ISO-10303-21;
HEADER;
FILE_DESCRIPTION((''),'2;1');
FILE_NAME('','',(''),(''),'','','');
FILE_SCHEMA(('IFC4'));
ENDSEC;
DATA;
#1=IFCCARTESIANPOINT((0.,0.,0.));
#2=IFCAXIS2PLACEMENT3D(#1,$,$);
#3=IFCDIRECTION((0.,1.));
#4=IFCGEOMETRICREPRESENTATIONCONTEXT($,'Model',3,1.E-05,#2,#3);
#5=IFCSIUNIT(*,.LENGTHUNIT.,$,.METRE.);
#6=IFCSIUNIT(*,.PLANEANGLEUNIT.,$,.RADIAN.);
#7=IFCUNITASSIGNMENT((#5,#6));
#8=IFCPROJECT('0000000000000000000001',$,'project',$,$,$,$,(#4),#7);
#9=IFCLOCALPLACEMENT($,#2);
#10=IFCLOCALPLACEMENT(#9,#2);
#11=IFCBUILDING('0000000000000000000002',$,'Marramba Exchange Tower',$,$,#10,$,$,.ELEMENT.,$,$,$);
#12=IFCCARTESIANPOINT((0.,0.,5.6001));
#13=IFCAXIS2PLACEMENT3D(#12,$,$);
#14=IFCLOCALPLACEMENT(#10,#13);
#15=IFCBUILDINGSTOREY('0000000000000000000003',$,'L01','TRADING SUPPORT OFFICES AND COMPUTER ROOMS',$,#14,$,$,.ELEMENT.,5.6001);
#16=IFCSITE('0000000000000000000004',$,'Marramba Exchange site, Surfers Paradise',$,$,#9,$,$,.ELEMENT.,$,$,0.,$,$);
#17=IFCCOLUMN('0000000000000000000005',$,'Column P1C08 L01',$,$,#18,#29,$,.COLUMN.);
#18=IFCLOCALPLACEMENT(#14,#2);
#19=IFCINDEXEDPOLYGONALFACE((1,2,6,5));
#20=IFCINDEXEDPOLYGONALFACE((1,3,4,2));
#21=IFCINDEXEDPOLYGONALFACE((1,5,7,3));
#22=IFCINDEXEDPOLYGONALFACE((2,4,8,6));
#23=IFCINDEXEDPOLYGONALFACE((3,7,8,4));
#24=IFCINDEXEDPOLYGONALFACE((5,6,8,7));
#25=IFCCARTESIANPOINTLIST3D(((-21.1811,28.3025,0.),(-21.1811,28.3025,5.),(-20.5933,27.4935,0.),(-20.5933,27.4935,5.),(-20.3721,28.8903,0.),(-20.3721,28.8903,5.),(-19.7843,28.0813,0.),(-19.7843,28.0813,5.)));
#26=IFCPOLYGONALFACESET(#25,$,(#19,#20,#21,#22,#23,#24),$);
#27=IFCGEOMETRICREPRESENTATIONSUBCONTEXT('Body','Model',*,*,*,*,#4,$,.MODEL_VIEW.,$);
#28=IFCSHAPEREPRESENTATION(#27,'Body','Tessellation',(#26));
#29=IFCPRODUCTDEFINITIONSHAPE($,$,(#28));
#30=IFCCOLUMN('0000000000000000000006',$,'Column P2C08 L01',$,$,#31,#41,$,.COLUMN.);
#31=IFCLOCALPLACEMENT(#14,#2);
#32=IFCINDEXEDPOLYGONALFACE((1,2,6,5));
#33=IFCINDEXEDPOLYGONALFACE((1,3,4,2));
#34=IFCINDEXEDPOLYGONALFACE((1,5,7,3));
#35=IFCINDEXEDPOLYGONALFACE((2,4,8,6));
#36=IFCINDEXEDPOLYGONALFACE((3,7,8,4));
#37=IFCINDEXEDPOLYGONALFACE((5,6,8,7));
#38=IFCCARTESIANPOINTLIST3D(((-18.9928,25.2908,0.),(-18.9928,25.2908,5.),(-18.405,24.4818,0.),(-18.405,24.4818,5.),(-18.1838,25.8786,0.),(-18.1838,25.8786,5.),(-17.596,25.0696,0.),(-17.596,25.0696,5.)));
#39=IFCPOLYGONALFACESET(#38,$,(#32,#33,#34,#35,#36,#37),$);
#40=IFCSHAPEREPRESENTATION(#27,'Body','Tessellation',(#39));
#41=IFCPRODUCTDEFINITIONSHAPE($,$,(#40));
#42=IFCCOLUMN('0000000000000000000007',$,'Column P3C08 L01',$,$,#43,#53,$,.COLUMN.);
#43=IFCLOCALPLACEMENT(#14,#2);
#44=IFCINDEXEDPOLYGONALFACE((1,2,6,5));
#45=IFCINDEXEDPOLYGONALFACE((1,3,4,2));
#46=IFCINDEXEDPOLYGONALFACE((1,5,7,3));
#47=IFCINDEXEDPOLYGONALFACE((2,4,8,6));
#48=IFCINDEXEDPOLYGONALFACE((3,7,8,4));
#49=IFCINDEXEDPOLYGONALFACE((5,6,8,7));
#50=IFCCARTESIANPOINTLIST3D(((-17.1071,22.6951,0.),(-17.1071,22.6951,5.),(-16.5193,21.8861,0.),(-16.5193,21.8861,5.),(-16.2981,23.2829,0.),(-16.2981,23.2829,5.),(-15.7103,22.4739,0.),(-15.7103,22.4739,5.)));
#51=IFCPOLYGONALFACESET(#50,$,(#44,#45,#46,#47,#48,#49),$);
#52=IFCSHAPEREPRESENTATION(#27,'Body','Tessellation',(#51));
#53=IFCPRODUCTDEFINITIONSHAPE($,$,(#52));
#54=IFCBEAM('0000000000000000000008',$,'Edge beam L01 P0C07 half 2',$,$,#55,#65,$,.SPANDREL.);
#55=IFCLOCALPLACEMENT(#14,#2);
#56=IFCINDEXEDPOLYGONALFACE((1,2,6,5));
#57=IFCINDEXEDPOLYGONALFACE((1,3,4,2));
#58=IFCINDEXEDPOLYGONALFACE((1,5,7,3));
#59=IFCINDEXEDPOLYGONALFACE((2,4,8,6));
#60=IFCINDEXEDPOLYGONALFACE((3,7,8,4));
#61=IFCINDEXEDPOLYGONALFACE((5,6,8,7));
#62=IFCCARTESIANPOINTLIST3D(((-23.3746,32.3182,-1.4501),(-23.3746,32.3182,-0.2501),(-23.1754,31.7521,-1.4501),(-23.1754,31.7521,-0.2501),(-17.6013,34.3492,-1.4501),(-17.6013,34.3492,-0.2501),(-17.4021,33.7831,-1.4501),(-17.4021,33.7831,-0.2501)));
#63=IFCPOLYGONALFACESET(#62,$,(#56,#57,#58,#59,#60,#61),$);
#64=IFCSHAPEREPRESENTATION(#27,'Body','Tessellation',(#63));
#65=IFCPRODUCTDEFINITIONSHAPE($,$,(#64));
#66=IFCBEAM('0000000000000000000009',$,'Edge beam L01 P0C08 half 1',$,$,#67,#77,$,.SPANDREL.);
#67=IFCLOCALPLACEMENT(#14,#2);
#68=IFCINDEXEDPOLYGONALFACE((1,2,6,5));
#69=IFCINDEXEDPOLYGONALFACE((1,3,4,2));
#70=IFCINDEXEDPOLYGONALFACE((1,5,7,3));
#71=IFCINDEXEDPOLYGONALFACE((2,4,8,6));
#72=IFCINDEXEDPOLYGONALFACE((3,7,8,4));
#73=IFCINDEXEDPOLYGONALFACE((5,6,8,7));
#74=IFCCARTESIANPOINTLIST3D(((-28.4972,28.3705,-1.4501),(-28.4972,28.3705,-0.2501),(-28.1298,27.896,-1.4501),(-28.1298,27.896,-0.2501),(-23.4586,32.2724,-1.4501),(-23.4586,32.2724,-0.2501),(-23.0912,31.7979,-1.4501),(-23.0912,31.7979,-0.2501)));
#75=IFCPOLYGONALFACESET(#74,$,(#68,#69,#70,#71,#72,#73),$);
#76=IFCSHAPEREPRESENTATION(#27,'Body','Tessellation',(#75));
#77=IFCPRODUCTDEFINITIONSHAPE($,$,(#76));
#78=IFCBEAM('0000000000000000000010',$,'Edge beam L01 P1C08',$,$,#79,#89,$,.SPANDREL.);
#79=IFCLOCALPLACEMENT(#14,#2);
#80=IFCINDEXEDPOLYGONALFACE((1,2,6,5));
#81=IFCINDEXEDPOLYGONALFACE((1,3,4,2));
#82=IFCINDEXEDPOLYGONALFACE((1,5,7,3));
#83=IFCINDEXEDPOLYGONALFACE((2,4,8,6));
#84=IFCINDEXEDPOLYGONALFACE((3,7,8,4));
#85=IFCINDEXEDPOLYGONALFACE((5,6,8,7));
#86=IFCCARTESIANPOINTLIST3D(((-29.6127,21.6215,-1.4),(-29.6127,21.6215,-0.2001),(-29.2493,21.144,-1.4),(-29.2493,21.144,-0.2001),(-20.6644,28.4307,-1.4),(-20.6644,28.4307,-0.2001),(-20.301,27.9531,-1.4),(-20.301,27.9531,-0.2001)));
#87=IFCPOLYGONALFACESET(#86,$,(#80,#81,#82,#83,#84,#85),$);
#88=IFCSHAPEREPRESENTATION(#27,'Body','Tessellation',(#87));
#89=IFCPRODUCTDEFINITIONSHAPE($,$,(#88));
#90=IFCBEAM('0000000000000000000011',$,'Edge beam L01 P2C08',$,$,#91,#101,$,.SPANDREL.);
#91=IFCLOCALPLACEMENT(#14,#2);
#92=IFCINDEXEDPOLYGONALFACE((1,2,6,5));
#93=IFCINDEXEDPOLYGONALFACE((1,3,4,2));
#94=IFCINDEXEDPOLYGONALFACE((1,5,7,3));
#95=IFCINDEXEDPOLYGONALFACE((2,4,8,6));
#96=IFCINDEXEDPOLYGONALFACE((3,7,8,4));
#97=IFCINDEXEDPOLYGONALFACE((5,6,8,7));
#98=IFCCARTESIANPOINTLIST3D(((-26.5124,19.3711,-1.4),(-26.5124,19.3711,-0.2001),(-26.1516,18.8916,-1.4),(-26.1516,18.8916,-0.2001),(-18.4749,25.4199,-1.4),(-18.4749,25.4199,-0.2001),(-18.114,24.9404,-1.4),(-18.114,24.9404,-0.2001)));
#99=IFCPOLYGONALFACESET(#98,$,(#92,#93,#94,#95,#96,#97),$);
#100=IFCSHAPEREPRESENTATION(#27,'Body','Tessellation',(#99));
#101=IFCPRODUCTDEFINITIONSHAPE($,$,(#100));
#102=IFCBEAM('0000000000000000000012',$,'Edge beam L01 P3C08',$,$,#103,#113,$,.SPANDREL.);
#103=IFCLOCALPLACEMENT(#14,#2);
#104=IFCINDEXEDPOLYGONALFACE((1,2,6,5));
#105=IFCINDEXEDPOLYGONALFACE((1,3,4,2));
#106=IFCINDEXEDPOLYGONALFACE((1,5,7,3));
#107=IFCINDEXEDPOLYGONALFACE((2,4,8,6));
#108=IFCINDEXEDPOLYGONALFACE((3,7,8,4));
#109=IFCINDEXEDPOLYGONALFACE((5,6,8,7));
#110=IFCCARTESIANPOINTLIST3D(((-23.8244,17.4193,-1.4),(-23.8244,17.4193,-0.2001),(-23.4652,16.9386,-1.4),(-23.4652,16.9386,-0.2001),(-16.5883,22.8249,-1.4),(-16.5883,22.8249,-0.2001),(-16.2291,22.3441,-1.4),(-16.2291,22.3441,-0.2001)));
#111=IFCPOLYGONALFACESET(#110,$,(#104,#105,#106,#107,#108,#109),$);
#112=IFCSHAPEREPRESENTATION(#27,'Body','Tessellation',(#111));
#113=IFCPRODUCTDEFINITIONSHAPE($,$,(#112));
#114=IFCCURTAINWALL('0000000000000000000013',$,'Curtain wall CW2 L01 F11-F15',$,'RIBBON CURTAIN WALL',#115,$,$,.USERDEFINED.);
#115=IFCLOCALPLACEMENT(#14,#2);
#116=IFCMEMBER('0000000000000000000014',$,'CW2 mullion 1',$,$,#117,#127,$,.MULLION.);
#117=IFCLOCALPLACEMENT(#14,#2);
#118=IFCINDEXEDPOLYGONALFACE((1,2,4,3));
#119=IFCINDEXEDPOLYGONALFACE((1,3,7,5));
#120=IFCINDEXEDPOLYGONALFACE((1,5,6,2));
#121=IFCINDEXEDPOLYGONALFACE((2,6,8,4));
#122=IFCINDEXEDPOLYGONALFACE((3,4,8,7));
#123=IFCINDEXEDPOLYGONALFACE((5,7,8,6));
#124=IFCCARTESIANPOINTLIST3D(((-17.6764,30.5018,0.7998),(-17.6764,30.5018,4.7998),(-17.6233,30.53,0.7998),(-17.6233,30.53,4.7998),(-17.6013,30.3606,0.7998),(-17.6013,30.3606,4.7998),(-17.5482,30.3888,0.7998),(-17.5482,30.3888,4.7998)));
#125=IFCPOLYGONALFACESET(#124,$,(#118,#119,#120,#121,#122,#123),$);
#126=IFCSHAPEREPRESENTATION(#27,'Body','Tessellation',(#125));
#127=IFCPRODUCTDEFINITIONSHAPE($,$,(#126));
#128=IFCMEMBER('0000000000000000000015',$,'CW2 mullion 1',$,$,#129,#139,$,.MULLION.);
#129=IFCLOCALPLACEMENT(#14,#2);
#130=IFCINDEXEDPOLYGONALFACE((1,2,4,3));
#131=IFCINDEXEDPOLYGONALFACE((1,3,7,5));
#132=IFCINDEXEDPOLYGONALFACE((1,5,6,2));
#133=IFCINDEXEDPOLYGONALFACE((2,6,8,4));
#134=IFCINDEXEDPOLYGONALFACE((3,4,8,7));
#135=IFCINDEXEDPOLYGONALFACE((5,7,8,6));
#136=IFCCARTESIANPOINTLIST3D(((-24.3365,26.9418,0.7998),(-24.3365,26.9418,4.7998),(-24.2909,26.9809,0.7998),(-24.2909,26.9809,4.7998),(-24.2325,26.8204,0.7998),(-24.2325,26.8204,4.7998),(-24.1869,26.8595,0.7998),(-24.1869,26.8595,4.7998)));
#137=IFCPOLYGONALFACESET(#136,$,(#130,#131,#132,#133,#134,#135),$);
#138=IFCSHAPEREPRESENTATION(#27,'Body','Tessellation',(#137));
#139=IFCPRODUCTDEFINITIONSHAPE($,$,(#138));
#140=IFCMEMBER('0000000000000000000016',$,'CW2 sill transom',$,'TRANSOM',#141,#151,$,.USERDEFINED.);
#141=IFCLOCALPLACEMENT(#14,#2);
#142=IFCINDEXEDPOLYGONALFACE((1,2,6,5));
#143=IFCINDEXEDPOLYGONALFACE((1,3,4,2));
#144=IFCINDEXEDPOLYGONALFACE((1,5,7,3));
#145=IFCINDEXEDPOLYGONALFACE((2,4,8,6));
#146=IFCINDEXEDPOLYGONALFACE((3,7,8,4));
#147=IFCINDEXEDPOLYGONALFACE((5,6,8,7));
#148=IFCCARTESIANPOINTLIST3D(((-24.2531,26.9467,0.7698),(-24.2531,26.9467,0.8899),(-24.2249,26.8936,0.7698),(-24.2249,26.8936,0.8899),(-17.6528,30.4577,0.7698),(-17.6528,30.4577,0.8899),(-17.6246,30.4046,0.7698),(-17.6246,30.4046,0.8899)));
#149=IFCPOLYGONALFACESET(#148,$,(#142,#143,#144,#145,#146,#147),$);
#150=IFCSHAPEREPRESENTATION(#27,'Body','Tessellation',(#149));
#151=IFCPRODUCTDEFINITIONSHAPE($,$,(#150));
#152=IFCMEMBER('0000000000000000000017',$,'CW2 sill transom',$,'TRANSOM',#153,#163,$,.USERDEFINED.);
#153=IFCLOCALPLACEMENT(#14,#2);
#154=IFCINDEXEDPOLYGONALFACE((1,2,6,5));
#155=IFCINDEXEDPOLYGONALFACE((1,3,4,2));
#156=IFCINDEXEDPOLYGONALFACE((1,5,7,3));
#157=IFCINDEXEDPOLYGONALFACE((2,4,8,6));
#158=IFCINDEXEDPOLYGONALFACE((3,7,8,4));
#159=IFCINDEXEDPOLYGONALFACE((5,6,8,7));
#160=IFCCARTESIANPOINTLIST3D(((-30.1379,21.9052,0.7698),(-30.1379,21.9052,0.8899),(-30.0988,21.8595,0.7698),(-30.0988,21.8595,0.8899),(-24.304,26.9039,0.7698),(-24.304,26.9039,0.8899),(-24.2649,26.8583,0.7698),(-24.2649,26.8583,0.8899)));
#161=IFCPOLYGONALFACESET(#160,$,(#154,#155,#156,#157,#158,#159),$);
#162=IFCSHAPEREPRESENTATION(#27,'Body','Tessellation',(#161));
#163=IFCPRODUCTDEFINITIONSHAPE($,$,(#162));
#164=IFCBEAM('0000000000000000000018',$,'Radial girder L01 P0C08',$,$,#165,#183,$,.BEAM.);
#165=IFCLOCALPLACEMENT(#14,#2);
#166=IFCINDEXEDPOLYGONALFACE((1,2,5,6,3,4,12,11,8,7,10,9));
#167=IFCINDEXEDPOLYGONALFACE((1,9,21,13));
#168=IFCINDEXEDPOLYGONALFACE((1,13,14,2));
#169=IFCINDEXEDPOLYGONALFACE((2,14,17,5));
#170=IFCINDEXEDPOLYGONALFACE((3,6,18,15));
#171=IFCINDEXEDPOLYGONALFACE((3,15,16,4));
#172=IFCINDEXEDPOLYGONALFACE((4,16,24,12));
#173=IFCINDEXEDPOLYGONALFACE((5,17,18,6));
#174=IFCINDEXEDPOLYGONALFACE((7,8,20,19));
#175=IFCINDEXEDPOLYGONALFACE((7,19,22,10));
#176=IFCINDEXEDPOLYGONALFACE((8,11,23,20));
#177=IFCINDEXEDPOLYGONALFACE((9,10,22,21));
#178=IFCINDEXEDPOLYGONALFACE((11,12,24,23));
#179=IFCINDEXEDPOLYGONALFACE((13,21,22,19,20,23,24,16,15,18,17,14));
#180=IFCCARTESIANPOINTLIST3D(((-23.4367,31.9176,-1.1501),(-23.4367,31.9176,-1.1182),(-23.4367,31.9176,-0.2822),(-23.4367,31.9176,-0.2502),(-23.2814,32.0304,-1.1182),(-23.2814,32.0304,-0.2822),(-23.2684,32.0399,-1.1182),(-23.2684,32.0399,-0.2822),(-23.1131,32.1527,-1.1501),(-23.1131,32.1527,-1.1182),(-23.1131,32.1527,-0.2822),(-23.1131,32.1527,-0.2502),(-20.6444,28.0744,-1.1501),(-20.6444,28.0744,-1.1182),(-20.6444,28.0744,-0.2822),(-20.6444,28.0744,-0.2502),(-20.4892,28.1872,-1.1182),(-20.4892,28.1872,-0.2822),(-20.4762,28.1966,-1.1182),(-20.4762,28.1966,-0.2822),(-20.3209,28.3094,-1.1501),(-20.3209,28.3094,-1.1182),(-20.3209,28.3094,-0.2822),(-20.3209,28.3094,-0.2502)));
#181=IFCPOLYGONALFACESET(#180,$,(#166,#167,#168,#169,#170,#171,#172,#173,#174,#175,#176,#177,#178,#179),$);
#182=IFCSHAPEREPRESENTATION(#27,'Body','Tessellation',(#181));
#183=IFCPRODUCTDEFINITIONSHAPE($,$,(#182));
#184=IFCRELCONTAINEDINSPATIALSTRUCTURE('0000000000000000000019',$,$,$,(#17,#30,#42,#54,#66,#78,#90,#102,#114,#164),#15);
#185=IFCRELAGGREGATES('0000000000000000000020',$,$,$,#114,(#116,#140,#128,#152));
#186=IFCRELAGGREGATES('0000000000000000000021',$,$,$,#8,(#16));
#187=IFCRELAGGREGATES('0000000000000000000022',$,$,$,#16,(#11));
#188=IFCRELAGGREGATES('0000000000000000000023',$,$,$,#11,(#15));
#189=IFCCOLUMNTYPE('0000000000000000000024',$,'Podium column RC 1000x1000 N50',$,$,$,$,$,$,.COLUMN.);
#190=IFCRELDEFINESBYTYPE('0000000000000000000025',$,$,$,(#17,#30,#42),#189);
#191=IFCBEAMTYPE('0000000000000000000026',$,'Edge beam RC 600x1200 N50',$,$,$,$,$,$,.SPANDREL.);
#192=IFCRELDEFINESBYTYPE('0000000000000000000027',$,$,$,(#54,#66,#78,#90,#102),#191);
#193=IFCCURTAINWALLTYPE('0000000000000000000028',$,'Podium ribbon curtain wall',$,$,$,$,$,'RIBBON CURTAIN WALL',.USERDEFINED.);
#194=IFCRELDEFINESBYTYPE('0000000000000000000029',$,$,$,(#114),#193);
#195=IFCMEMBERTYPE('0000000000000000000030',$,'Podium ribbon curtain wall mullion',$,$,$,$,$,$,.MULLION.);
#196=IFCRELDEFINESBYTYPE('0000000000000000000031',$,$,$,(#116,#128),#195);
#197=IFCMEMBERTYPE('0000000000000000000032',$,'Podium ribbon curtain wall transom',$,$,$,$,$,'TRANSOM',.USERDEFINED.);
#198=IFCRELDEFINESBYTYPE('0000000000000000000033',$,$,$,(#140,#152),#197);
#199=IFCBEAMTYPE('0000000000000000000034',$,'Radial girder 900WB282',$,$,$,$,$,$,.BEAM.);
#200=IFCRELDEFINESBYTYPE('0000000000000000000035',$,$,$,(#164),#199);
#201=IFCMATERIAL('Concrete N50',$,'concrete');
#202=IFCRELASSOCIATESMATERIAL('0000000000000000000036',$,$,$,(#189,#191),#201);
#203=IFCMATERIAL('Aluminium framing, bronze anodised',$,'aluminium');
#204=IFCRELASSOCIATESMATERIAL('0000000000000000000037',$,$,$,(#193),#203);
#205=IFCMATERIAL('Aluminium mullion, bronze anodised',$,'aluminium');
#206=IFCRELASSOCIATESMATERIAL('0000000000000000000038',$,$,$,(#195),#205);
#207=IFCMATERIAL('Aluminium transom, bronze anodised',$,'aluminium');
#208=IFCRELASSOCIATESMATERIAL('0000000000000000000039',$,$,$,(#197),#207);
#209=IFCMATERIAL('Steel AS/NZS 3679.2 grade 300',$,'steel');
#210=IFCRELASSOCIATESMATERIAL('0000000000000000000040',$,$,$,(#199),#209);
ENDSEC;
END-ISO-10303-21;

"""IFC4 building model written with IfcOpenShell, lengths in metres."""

from ifc_helpers import new_model, si_unit, direction, frame, origin, origin_2d, place, context, subcontext, project, spatial, rectangle, i_section, extrude, material, material_profile, profile_set, type_object, element, aggregate, save


model = new_model("IFC4")

# Units and contexts
model_context = context("Model", 3, precision=1e-05, world=origin(), true_north=direction((0.0, 1.0)))
body_context = subcontext(model_context, "Body", "Model", "MODEL_VIEW")
ifc_project = project(units=[si_unit("LENGTHUNIT", "METRE"), si_unit("PLANEANGLEUNIT", "RADIAN")], contexts=[model_context])

# Site, building, storey
site_placement = place(None, origin())
site = spatial("IfcSite", under=ifc_project, at=site_placement, Name="Marramba Exchange site, Surfers Paradise", CompositionType="ELEMENT", RefElevation=0.0)
building_placement = place(site_placement, origin())
building = spatial("IfcBuilding", under=site, at=building_placement, Name="Marramba Exchange Tower", CompositionType="ELEMENT")
storey_placement = place(building_placement, frame((0.0, 0.0, 5.6001)))
storey = spatial("IfcBuildingStorey", under=building, at=storey_placement, Name="L01", Description="TRADING SUPPORT OFFICES AND COMPUTER ROOMS", CompositionType="ELEMENT", Elevation=5.6001)

# Columns
ifc_material_1 = material(Name="Concrete N50", Category="concrete")
ifc_material_profile_1 = material_profile(ifc_material_1, rectangle(XDim=1.0, YDim=1.0, at=origin_2d()), Name="RC 1000x1000")
ifc_profile_set_1 = profile_set([ifc_material_profile_1], Name="Concrete N50")
column_type = type_object("IfcColumnType", Name="Podium column RC 1000x1000 N50", PredefinedType="COLUMN", material=ifc_profile_set_1)
for number, where, z_axis, x_axis, name in (
    (1, (-20.4827, 28.1919, 0.0), (0.0, 0.0, 1.0), (-0.587785, 0.809017, 0.0), "Column P1C08 L01"),
    (2, (-18.2944, 25.1802, 0.0), (0.0, 0.0, 1.0), (-0.587785, 0.809017, 0.0), "Column P2C08 L01"),
    (3, (-16.4087, 22.5845, 0.0), (0.0, 0.0, 1.0), (-0.587785, 0.809017, 0.0), "Column P3C08 L01"),
):
    element("IfcColumn", number, at=place(storey_placement, frame(where, z_axis=z_axis, x_axis=x_axis)), inside=storey, type_object=column_type, Name=name, PredefinedType="COLUMN", context=body_context, shape_type="SweptSolid", body=[
        extrude(rectangle(XDim=1.0, YDim=1.0, at=origin_2d()), origin(), (0.0, 0.0, 1.0), 5.0),
    ])

# Beams
ifc_material_profile_2 = material_profile(ifc_material_1, rectangle(XDim=0.6001, YDim=1.2, at=origin_2d()), Name="RC 600x1200")
ifc_profile_set_2 = profile_set([ifc_material_profile_2], Name="Concrete N50")
beam_type_1 = type_object("IfcBeamType", Name="Edge beam RC 600x1200 N50", PredefinedType="SPANDREL", material=ifc_profile_set_2)
beam_1_placement = place(storey_placement, frame((-17.5017, 34.0662, -0.8501), z_axis=(-0.943328, -0.331862, 0.0), x_axis=(0.331862, -0.943328, 0.0)))
element("IfcBeam", 4, at=beam_1_placement, inside=storey, type_object=beam_type_1, Name="Edge beam L01 P0C07 half 2", PredefinedType="SPANDREL", context=body_context, shape_type="SweptSolid", body=[
    extrude(rectangle(XDim=0.6001, YDim=1.2, at=origin_2d()), origin(), (0.0, 0.0, 1.0), 6.1201),
])
beam_2_placement = place(storey_placement, frame((-23.2749, 32.0352, -0.8501), z_axis=(-0.790646, -0.612274, 0.0), x_axis=(0.612274, -0.790646, 0.0)))
element("IfcBeam", 5, at=beam_2_placement, inside=storey, type_object=beam_type_1, Name="Edge beam L01 P0C08 half 1", PredefinedType="SPANDREL", context=body_context, shape_type="SweptSolid", body=[
    extrude(rectangle(XDim=0.6001, YDim=1.2, at=origin_2d()), origin(), (0.0, 0.0, 1.0), 6.3728),
])
beam_3_placement = place(storey_placement, frame((-20.4827, 28.1919, -0.8), z_axis=(-0.795801, -0.605558, 0.0), x_axis=(0.605558, -0.795801, 0.0)))
element("IfcBeam", 6, at=beam_3_placement, inside=storey, type_object=beam_type_1, Name="Edge beam L01 P1C08", PredefinedType="SPANDREL", context=body_context, shape_type="SweptSolid", body=[
    extrude(rectangle(XDim=0.6001, YDim=1.2, at=origin_2d()), origin(), (0.0, 0.0, 1.0), 11.2444),
])
beam_4_placement = place(storey_placement, frame((-18.2944, 25.1802, -0.8), z_axis=(-0.799015, -0.601312, 0.0), x_axis=(0.601312, -0.799015, 0.0)))
element("IfcBeam", 7, at=beam_4_placement, inside=storey, type_object=beam_type_1, Name="Edge beam L01 P2C08", PredefinedType="SPANDREL", context=body_context, shape_type="SweptSolid", body=[
    extrude(rectangle(XDim=0.6001, YDim=1.2, at=origin_2d()), origin(), (0.0, 0.0, 1.0), 10.0593),
])
beam_5_placement = place(storey_placement, frame((-16.4087, 22.5845, -0.8), z_axis=(-0.801144, -0.598472, 0.0), x_axis=(0.598472, -0.801144, 0.0)))
element("IfcBeam", 8, at=beam_5_placement, inside=storey, type_object=beam_type_1, Name="Edge beam L01 P3C08", PredefinedType="SPANDREL", context=body_context, shape_type="SweptSolid", body=[
    extrude(rectangle(XDim=0.6001, YDim=1.2, at=origin_2d()), origin(), (0.0, 0.0, 1.0), 9.0322),
])

# Curtain wall, members
ifc_material_2 = material(Name="Aluminium framing, bronze anodised", Category="aluminium")
curtain_wall_type = type_object("IfcCurtainWallType", Name="Podium ribbon curtain wall", ElementType="RIBBON CURTAIN WALL", PredefinedType="USERDEFINED", material=ifc_material_2)
curtain_wall_placement = place(storey_placement, origin())
curtain_wall = element("IfcCurtainWall", 9, at=curtain_wall_placement, inside=storey, type_object=curtain_wall_type, Name="Curtain wall CW2 L01 F11-F15", ObjectType="RIBBON CURTAIN WALL", PredefinedType="USERDEFINED")
ifc_material_3 = material(Name="Aluminium mullion, bronze anodised", Category="aluminium")
ifc_material_profile_3 = material_profile(ifc_material_3, rectangle(XDim=0.1599, YDim=0.0601, at=origin_2d()), Name="CW2 mullion 60x160")
ifc_profile_set_3 = profile_set([ifc_material_profile_3], Name="Aluminium mullion, bronze anodised")
member_type_1 = type_object("IfcMemberType", Name="Podium ribbon curtain wall mullion", PredefinedType="MULLION", material=ifc_profile_set_3)
member_1_placement = place(storey_placement, frame((-17.6123, 30.4453, 0.7998), z_axis=(0.0, 0.0, 1.0), x_axis=(0.469654, -0.882851, 0.0)))
member_1 = element("IfcMember", 10, at=member_1_placement, type_object=member_type_1, Name="CW2 mullion 1", PredefinedType="MULLION", context=body_context, shape_type="SweptSolid", body=[
    extrude(rectangle(XDim=0.1599, YDim=0.0601, at=origin_2d()), origin(), (0.0, 0.0, 1.0), 4.0),
])
member_2_placement = place(storey_placement, frame((-24.2617, 26.9006, 0.7998), z_axis=(0.0, 0.0, 1.0), x_axis=(0.650655, -0.759374, 0.0)))
member_2 = element("IfcMember", 11, at=member_2_placement, type_object=member_type_1, Name="CW2 mullion 1", PredefinedType="MULLION", context=body_context, shape_type="SweptSolid", body=[
    extrude(rectangle(XDim=0.1599, YDim=0.0601, at=origin_2d()), origin(), (0.0, 0.0, 1.0), 4.0),
])
ifc_material_4 = material(Name="Aluminium transom, bronze anodised", Category="aluminium")
ifc_material_profile_4 = material_profile(ifc_material_4, rectangle(XDim=0.0601, YDim=0.1201, at=origin_2d()), Name="CW2 transom 60x120")
ifc_profile_set_4 = profile_set([ifc_material_profile_4], Name="Aluminium transom, bronze anodised")
member_type_2 = type_object("IfcMemberType", Name="Podium ribbon curtain wall transom", ElementType="TRANSOM", PredefinedType="USERDEFINED", material=ifc_profile_set_4)
member_3_placement = place(storey_placement, frame((-17.6387, 30.4312, 0.8298), z_axis=(-0.882863, -0.46963, 0.0), x_axis=(0.46963, -0.882863, 0.0)))
member_3 = element("IfcMember", 12, at=member_3_placement, type_object=member_type_2, Name="CW2 sill transom", ObjectType="TRANSOM", PredefinedType="USERDEFINED", context=body_context, shape_type="SweptSolid", body=[
    extrude(rectangle(XDim=0.0601, YDim=0.1201, at=origin_2d()), origin(), (0.0, 0.0, 1.0), 7.4761),
])
member_4_placement = place(storey_placement, frame((-24.2844, 26.8811, 0.8298), z_axis=(-0.759371, -0.650658, 0.0), x_axis=(0.650658, -0.759371, 0.0)))
member_4 = element("IfcMember", 13, at=member_4_placement, type_object=member_type_2, Name="CW2 sill transom", ObjectType="TRANSOM", PredefinedType="USERDEFINED", context=body_context, shape_type="SweptSolid", body=[
    extrude(rectangle(XDim=0.0601, YDim=0.1201, at=origin_2d()), origin(), (0.0, 0.0, 1.0), 7.6826),
])

# Beam
ifc_material_5 = material(Name="Steel AS/NZS 3679.2 grade 300", Category="steel")
ifc_material_profile_5 = material_profile(ifc_material_5, i_section(OverallWidth=0.3999, OverallDepth=0.8999, WebThickness=0.0161, FlangeThickness=0.032, at=origin_2d()), Name="900WB282")
ifc_profile_set_5 = profile_set([ifc_material_profile_5], Name="Steel AS/NZS 3679.2 grade 300")
beam_type_2 = type_object("IfcBeamType", Name="Radial girder 900WB282", PredefinedType="BEAM", material=ifc_profile_set_5)
beam_6_placement = place(storey_placement, frame((-23.2749, 32.0352, -0.7002), z_axis=(0.587777, -0.809023, 0.0), x_axis=(0.809023, 0.587777, 0.0)))
element("IfcBeam", 14, at=beam_6_placement, inside=storey, type_object=beam_type_2, Name="Radial girder L01 P0C08", PredefinedType="BEAM", context=body_context, shape_type="SweptSolid", body=[
    extrude(i_section(OverallWidth=0.3999, OverallDepth=0.8999, WebThickness=0.0161, FlangeThickness=0.032, at=origin_2d()), origin(), (0.0, 0.0, 1.0), 4.7505),
])

aggregate(curtain_wall, [member_1, member_3, member_2, member_4])

save(model, "model.ifc")
